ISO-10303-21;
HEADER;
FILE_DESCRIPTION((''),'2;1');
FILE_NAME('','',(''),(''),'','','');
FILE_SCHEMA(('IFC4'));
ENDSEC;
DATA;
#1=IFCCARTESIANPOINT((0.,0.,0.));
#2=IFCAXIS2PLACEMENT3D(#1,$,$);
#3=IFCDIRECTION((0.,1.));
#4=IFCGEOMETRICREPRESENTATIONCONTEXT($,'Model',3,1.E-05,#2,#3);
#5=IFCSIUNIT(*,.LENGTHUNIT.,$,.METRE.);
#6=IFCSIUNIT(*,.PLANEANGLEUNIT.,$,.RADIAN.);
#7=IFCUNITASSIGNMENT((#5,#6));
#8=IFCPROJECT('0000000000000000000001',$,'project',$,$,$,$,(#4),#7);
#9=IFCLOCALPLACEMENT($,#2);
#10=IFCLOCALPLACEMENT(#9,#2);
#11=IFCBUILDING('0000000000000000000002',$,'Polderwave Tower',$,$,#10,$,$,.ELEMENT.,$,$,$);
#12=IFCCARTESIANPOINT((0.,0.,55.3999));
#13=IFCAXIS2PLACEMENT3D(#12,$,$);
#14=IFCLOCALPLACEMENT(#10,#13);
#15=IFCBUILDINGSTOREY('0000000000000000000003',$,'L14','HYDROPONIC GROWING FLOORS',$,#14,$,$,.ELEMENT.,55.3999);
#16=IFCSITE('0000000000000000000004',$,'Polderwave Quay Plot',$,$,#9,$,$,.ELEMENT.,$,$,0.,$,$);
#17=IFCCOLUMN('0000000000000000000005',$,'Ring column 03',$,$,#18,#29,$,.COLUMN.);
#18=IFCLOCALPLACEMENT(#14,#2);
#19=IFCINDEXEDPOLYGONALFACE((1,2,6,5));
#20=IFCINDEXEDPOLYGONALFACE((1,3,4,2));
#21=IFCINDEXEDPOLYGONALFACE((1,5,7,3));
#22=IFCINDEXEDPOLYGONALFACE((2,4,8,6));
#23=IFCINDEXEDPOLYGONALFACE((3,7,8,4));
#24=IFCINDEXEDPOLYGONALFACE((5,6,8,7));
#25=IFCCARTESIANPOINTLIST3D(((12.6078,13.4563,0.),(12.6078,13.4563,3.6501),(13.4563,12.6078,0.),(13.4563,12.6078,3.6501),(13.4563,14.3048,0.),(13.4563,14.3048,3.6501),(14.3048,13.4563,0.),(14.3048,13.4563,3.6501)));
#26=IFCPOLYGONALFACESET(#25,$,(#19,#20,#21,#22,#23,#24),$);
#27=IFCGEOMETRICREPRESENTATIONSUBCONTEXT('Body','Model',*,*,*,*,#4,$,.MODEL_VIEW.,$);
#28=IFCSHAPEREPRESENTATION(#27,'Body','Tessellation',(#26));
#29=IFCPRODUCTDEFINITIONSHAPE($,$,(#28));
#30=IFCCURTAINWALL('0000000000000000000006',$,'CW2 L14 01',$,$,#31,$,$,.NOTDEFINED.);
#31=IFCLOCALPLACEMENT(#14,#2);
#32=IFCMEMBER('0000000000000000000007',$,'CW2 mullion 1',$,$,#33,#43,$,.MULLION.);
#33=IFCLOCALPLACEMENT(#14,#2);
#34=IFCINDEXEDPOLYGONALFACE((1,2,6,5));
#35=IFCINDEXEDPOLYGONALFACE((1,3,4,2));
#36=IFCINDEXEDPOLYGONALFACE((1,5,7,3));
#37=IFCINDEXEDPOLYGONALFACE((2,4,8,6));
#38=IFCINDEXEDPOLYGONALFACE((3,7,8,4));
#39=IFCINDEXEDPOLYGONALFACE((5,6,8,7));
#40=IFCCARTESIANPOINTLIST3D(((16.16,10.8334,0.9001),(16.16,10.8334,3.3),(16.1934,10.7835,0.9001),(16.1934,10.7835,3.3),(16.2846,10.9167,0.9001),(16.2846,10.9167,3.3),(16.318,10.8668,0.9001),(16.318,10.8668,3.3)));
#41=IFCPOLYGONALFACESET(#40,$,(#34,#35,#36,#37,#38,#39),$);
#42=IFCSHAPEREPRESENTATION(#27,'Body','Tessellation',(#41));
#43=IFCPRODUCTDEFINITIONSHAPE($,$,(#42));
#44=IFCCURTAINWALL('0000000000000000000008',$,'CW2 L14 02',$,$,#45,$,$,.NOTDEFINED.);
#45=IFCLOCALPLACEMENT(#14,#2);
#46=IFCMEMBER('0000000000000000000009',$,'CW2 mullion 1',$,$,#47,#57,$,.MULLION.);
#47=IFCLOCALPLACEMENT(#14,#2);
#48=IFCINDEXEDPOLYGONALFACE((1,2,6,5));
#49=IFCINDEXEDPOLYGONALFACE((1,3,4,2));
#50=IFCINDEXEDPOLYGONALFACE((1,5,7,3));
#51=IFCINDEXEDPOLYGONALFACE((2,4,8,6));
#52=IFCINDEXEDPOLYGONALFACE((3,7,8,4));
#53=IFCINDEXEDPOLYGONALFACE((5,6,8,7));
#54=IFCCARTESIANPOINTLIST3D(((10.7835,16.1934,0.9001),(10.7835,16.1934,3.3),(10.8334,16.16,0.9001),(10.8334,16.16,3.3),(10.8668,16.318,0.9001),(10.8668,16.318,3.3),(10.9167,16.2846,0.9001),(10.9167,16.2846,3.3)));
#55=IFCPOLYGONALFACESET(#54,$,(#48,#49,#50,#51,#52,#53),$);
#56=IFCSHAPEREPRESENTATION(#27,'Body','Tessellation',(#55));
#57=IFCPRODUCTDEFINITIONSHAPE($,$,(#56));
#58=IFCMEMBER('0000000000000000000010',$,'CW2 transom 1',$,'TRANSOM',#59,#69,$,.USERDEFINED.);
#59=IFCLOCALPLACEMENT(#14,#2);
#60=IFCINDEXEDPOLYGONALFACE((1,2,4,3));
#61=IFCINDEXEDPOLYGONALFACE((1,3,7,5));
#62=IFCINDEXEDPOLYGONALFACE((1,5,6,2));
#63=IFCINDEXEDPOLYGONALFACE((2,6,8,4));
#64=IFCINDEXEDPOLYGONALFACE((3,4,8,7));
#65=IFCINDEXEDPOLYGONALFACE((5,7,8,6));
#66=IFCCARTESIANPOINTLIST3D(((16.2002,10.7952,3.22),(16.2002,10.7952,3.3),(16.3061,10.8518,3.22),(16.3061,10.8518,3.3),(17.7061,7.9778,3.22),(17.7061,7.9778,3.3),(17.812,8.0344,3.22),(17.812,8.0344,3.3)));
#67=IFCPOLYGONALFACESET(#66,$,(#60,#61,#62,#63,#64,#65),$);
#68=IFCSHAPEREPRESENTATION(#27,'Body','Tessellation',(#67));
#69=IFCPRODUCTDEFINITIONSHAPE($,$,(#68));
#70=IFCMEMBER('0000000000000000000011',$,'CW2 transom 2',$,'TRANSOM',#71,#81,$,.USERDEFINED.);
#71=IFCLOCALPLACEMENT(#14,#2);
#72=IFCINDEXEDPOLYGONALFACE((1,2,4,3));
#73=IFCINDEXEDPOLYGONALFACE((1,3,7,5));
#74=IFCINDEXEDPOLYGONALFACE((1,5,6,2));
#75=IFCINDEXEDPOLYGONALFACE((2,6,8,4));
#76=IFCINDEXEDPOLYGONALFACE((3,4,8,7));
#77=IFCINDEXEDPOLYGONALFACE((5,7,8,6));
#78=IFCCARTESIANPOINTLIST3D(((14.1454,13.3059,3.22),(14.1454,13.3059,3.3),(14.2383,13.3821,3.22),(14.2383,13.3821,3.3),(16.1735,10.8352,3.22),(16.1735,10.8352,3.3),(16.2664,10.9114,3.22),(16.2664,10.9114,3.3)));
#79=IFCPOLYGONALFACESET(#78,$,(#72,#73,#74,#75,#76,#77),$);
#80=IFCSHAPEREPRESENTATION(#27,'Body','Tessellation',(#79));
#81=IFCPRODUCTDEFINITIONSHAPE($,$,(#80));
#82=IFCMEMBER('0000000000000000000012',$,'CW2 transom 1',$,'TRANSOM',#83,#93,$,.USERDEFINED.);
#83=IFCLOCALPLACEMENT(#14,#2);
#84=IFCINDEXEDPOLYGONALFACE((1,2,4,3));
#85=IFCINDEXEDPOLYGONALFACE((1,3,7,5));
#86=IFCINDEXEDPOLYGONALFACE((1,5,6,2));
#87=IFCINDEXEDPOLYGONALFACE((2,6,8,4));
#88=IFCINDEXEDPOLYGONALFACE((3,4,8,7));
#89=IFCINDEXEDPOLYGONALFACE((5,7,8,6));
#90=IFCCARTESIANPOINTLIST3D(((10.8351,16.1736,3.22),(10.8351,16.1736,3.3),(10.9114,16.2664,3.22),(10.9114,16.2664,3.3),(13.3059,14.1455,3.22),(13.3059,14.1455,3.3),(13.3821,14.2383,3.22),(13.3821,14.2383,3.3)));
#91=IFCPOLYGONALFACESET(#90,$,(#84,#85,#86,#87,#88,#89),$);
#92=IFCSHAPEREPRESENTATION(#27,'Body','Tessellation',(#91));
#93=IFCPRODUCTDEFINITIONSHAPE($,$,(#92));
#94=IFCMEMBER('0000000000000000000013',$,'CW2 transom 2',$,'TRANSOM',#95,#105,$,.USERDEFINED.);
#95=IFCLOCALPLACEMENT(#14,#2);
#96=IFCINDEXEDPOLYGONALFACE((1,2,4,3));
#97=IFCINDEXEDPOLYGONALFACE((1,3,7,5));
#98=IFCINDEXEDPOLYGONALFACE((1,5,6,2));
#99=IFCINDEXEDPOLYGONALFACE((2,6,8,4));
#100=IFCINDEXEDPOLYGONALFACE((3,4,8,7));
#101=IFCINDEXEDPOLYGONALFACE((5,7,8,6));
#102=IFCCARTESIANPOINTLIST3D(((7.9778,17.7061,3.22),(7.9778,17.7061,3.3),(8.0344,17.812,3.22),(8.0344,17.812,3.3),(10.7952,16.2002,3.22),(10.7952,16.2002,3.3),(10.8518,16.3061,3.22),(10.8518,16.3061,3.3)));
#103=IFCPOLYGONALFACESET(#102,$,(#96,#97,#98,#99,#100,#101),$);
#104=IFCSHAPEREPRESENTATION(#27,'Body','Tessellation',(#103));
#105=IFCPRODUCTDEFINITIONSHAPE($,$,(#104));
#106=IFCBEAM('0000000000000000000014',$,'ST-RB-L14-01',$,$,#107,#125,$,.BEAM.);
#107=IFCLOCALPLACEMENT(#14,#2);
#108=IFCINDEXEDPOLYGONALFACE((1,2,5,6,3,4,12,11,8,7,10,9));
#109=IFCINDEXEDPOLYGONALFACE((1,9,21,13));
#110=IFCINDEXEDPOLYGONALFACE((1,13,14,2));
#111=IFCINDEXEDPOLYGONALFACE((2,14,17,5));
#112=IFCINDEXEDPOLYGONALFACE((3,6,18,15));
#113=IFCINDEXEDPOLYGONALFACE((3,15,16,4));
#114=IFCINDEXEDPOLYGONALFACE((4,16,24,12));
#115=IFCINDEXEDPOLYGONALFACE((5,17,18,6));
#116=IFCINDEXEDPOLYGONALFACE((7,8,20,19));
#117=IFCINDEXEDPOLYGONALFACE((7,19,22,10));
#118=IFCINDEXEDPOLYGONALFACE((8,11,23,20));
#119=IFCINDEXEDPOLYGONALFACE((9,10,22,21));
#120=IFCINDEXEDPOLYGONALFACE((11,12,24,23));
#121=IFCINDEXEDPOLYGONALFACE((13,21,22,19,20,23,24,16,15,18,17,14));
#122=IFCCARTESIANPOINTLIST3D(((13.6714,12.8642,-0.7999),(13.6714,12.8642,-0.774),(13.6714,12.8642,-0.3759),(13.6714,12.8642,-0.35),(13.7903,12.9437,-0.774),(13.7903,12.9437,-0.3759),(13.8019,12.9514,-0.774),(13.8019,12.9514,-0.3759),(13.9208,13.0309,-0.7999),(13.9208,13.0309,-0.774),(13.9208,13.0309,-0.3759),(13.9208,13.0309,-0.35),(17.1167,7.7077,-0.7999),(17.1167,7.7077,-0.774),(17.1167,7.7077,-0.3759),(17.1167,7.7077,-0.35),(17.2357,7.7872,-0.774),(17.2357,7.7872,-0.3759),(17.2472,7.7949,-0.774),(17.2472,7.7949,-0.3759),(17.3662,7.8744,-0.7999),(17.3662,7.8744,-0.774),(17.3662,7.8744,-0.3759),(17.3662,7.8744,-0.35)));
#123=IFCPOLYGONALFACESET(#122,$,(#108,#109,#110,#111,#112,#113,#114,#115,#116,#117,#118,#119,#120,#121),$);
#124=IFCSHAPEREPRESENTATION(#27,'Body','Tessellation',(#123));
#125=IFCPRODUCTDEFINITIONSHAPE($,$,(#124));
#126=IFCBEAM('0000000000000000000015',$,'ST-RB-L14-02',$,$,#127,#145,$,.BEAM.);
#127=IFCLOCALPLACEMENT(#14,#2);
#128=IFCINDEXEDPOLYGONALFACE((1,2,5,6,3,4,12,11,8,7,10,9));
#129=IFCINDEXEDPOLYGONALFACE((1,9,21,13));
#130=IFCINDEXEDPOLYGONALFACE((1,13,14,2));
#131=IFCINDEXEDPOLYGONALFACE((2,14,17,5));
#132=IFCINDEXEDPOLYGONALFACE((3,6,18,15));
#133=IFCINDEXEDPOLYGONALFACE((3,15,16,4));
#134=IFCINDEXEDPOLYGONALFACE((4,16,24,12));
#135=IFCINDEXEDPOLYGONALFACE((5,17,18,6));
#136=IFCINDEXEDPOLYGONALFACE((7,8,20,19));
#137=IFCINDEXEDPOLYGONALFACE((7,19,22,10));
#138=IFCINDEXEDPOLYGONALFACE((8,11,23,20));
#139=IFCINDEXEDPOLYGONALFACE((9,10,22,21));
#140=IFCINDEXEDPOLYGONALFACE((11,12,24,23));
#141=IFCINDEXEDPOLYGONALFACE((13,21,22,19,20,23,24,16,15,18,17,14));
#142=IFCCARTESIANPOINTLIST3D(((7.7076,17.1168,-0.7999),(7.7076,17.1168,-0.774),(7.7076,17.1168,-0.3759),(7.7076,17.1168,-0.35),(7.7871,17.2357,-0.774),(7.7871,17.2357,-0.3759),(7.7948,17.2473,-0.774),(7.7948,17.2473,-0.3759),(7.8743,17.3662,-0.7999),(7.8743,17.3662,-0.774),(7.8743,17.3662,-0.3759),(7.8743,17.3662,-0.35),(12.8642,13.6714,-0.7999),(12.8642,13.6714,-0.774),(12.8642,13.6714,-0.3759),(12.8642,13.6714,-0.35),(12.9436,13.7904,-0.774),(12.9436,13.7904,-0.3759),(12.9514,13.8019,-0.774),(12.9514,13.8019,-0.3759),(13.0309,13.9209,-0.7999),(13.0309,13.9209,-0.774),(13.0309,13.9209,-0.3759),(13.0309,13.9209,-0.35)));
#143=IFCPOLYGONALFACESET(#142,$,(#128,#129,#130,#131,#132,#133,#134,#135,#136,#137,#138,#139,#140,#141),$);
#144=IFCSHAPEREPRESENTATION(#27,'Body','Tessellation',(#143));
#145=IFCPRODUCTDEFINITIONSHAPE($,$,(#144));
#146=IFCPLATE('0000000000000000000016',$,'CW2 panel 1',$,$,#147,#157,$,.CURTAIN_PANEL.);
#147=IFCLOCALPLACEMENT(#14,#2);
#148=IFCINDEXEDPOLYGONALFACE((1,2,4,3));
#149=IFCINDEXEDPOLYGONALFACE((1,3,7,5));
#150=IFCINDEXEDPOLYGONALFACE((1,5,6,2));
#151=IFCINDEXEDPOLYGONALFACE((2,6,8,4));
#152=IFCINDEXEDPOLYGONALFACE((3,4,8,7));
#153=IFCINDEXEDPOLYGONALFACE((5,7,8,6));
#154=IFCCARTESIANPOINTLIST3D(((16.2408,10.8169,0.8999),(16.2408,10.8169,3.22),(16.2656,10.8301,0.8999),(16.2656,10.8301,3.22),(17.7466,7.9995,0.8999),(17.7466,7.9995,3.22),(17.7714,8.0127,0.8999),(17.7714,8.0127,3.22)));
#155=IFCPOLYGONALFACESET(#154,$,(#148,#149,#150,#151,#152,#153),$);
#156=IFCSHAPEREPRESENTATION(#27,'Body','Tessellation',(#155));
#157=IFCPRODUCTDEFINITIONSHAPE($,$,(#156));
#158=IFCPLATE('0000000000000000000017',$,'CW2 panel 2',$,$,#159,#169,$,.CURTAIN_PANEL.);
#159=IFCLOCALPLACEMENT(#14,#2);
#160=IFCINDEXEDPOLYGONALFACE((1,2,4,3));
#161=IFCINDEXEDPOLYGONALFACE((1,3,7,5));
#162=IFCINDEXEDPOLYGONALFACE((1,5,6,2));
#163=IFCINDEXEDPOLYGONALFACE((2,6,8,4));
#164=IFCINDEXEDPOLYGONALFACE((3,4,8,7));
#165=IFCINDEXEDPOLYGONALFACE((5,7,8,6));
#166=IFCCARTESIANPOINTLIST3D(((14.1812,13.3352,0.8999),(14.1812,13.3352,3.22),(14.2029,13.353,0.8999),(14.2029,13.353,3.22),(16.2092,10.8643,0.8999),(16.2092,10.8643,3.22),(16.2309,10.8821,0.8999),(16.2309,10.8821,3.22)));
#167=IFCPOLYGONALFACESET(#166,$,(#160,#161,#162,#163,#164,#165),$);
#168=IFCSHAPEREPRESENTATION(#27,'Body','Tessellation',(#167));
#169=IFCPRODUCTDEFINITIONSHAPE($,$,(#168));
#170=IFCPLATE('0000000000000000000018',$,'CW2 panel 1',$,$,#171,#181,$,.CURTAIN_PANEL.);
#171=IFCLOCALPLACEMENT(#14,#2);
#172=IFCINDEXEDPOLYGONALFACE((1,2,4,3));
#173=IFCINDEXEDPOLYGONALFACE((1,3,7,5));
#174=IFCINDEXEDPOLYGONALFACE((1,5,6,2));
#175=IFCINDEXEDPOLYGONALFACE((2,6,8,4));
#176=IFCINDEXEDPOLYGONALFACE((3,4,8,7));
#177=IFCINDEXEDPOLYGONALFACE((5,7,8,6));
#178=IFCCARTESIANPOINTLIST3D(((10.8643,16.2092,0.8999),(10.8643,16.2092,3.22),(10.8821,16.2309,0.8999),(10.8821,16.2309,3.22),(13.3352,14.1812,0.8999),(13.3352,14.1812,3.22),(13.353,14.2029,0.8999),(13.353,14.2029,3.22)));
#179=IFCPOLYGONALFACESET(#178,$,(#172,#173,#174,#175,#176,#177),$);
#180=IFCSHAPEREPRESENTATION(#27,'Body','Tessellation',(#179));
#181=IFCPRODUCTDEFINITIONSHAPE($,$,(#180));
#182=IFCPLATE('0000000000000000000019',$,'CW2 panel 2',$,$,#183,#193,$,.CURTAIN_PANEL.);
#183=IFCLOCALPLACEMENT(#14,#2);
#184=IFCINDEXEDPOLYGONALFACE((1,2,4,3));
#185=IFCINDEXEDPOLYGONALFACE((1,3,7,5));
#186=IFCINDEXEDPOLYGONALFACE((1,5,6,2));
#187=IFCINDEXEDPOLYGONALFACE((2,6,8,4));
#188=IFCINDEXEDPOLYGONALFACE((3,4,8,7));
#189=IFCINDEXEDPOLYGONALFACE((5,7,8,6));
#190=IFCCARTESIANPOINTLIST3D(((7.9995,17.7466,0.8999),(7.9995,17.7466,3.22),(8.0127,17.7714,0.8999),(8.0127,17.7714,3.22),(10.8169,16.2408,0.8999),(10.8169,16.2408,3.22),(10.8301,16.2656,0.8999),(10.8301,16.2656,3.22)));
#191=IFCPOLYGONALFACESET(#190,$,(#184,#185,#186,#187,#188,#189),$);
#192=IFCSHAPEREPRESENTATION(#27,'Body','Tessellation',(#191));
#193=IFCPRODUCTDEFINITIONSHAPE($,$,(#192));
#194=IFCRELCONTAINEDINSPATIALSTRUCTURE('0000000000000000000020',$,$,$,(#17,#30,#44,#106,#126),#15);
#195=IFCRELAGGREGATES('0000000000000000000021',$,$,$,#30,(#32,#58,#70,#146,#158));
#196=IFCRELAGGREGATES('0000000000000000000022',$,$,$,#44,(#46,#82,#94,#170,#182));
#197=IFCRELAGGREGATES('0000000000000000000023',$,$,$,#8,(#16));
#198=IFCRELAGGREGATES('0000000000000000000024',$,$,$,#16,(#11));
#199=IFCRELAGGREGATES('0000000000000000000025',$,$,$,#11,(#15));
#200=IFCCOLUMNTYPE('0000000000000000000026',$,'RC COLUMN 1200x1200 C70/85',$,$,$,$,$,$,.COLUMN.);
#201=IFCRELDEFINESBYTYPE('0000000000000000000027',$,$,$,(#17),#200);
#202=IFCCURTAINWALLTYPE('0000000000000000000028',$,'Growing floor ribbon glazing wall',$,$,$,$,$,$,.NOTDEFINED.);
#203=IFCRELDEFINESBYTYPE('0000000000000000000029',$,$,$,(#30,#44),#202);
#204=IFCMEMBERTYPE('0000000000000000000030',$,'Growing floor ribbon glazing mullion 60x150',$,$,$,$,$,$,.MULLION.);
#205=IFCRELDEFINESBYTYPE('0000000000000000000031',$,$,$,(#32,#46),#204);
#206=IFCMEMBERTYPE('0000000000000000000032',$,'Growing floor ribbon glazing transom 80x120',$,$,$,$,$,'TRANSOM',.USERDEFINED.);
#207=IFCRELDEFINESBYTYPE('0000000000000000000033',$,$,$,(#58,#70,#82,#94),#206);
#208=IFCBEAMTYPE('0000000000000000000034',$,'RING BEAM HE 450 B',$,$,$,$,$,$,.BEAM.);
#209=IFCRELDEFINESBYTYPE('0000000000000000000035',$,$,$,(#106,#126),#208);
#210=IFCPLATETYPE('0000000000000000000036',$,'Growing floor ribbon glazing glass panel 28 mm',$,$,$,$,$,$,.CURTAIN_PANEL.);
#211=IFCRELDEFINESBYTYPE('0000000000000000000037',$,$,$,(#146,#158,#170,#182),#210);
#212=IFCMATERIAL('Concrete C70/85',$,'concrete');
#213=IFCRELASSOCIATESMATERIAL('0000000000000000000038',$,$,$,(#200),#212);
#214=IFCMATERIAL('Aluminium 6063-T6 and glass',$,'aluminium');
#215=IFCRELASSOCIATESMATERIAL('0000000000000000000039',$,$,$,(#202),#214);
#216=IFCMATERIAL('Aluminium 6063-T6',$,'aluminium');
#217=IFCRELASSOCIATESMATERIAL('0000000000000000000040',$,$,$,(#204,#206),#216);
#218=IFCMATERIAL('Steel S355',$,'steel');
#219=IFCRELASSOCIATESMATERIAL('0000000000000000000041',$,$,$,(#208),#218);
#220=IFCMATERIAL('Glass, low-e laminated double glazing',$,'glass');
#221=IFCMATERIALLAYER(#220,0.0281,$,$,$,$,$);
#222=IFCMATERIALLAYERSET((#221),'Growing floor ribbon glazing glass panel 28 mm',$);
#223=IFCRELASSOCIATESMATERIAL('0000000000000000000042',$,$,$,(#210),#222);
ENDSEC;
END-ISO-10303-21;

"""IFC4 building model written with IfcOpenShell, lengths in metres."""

from ifc_helpers import new_model, si_unit, direction, frame, origin, origin_2d, place, context, subcontext, project, spatial, rectangle, i_section, extrude, material, layer, layer_set, material_profile, profile_set, type_object, element, aggregate, save


model = new_model("IFC4")

# Units and contexts
model_context = context("Model", 3, precision=1e-05, world=origin(), true_north=direction((0.0, 1.0)))
body_context = subcontext(model_context, "Body", "Model", "MODEL_VIEW")
ifc_project = project(units=[si_unit("LENGTHUNIT", "METRE"), si_unit("PLANEANGLEUNIT", "RADIAN")], contexts=[model_context])

# Site, building, storey
site_placement = place(None, origin())
site = spatial("IfcSite", under=ifc_project, at=site_placement, Name="Polderwave Quay Plot", CompositionType="ELEMENT", RefElevation=0.0)
building_placement = place(site_placement, origin())
building = spatial("IfcBuilding", under=site, at=building_placement, Name="Polderwave Tower", CompositionType="ELEMENT")
storey_placement = place(building_placement, frame((0.0, 0.0, 55.3999)))
storey = spatial("IfcBuildingStorey", under=building, at=storey_placement, Name="L14", Description="HYDROPONIC GROWING FLOORS", CompositionType="ELEMENT", Elevation=55.3999)

# Column
ifc_material_1 = material(Name="Concrete C70/85", Category="concrete")
ifc_material_profile_1 = material_profile(ifc_material_1, rectangle(XDim=1.2, YDim=1.2, at=origin_2d()), Name="RC 1200x1200")
ifc_profile_set_1 = profile_set([ifc_material_profile_1], Name="Concrete C70/85")
column_type = type_object("IfcColumnType", Name="RC COLUMN 1200x1200 C70/85", PredefinedType="COLUMN", material=ifc_profile_set_1)
column_placement = place(storey_placement, frame((13.4563, 13.4563, 0.0), z_axis=(0.0, 0.0, 1.0), x_axis=(0.707107, 0.707107, 0.0)))
element("IfcColumn", 1, at=column_placement, inside=storey, type_object=column_type, Name="Ring column 03", PredefinedType="COLUMN", context=body_context, shape_type="SweptSolid", body=[
    extrude(rectangle(XDim=1.2, YDim=1.2, at=origin_2d()), origin(), (0.0, 0.0, 1.0), 3.6501),
])

# Curtain walls, members
ifc_material_2 = material(Name="Aluminium 6063-T6 and glass", Category="aluminium")
curtain_wall_type = type_object("IfcCurtainWallType", Name="Growing floor ribbon glazing wall", PredefinedType="NOTDEFINED", material=ifc_material_2)
curtain_wall_1_placement = place(storey_placement, origin())
curtain_wall_1 = element("IfcCurtainWall", 2, at=curtain_wall_1_placement, inside=storey, type_object=curtain_wall_type, Name="CW2 L14 01", PredefinedType="NOTDEFINED")
ifc_material_3 = material(Name="Aluminium 6063-T6", Category="aluminium")
ifc_material_profile_2 = material_profile(ifc_material_3, rectangle(XDim=0.1499, YDim=0.0601, at=origin_2d()), Name="AL 60x150")
ifc_profile_set_2 = profile_set([ifc_material_profile_2], Name="Aluminium 6063-T6")
member_type_1 = type_object("IfcMemberType", Name="Growing floor ribbon glazing mullion 60x150", PredefinedType="MULLION", material=ifc_profile_set_2)
member_1_placement = place(storey_placement, frame((16.239, 10.8501, 0.9001), z_axis=(0.0, 0.0, 1.0), x_axis=(-0.831466, -0.555576, 0.0)))
member_1 = element("IfcMember", 3, at=member_1_placement, type_object=member_type_1, Name="CW2 mullion 1", PredefinedType="MULLION", context=body_context, shape_type="SweptSolid", body=[
    extrude(rectangle(XDim=0.1499, YDim=0.0601, at=origin_2d()), origin(), (0.0, 0.0, 1.0), 2.3999),
])
curtain_wall_2_placement = place(storey_placement, origin())
curtain_wall_2 = element("IfcCurtainWall", 4, at=curtain_wall_2_placement, inside=storey, type_object=curtain_wall_type, Name="CW2 L14 02", PredefinedType="NOTDEFINED")
member_2_placement = place(storey_placement, frame((10.8501, 16.239, 0.9001), z_axis=(0.0, 0.0, 1.0), x_axis=(-0.555576, -0.831466, 0.0)))
member_2 = element("IfcMember", 5, at=member_2_placement, type_object=member_type_1, Name="CW2 mullion 1", PredefinedType="MULLION", context=body_context, shape_type="SweptSolid", body=[
    extrude(rectangle(XDim=0.1499, YDim=0.0601, at=origin_2d()), origin(), (0.0, 0.0, 1.0), 2.3999),
])

# Members
ifc_material_profile_3 = material_profile(ifc_material_3, rectangle(XDim=0.1201, YDim=0.0801, at=origin_2d()), Name="AL 80x120")
ifc_profile_set_3 = profile_set([ifc_material_profile_3], Name="Aluminium 6063-T6")
member_type_2 = type_object("IfcMemberType", Name="Growing floor ribbon glazing transom 80x120", ElementType="TRANSOM", PredefinedType="USERDEFINED", material=ifc_profile_set_3)
member_3_placement = place(storey_placement, frame((17.759, 8.0061, 3.26), z_axis=(-0.471381, 0.881929, 0.0), x_axis=(-0.881929, -0.471381, 0.0)))
member_3 = element("IfcMember", 6, at=member_3_placement, type_object=member_type_2, Name="CW2 transom 1", ObjectType="TRANSOM", PredefinedType="USERDEFINED", context=body_context, shape_type="SweptSolid", body=[
    extrude(rectangle(XDim=0.1201, YDim=0.0801, at=origin_2d()), origin(), (0.0, 0.0, 1.0), 3.1946),
])
member_4_placement = place(storey_placement, frame((16.22, 10.8733, 3.26), z_axis=(-0.634472, 0.772946, 0.0), x_axis=(-0.772946, -0.634472, 0.0)))
member_4 = element("IfcMember", 7, at=member_4_placement, type_object=member_type_2, Name="CW2 transom 2", ObjectType="TRANSOM", PredefinedType="USERDEFINED", context=body_context, shape_type="SweptSolid", body=[
    extrude(rectangle(XDim=0.1201, YDim=0.0801, at=origin_2d()), origin(), (0.0, 0.0, 1.0), 3.1965),
])
member_5_placement = place(storey_placement, frame((13.344, 14.1919, 3.26), z_axis=(-0.772946, 0.634472, 0.0), x_axis=(-0.634472, -0.772946, 0.0)))
member_5 = element("IfcMember", 8, at=member_5_placement, type_object=member_type_2, Name="CW2 transom 1", ObjectType="TRANSOM", PredefinedType="USERDEFINED", context=body_context, shape_type="SweptSolid", body=[
    extrude(rectangle(XDim=0.1201, YDim=0.0801, at=origin_2d()), origin(), (0.0, 0.0, 1.0), 3.1965),
])
member_6_placement = place(storey_placement, frame((10.8235, 16.2532, 3.26), z_axis=(-0.881929, 0.471381, 0.0), x_axis=(-0.471381, -0.881929, 0.0)))
member_6 = element("IfcMember", 9, at=member_6_placement, type_object=member_type_2, Name="CW2 transom 2", ObjectType="TRANSOM", PredefinedType="USERDEFINED", context=body_context, shape_type="SweptSolid", body=[
    extrude(rectangle(XDim=0.1201, YDim=0.0801, at=origin_2d()), origin(), (0.0, 0.0, 1.0), 3.1946),
])

# Beams
ifc_material_4 = material(Name="Steel S355", Category="steel")
ifc_material_profile_4 = material_profile(ifc_material_4, i_section(OverallWidth=0.3, OverallDepth=0.45, WebThickness=0.0139, FlangeThickness=0.0259, at=origin_2d()), Name="HE 450 B")
ifc_profile_set_4 = profile_set([ifc_material_profile_4], Name="Steel S355")
beam_type = type_object("IfcBeamType", Name="RING BEAM HE 450 B", PredefinedType="BEAM", material=ifc_profile_set_4)
for number, where, z_axis, x_axis, name in (
    (10, (17.2415, 7.791, -0.575), (-0.555554, 0.831481, 0.0), (-0.831481, -0.555554, 0.0), "ST-RB-L14-01"),
    (11, (12.9475, 13.7961, -0.575), (-0.831481, 0.555554, 0.0), (-0.555554, -0.831481, 0.0), "ST-RB-L14-02"),
):
    element("IfcBeam", number, at=place(storey_placement, frame(where, z_axis=z_axis, x_axis=x_axis)), inside=storey, type_object=beam_type, Name=name, PredefinedType="BEAM", context=body_context, shape_type="SweptSolid", body=[
        extrude(i_section(OverallWidth=0.3, OverallDepth=0.45, WebThickness=0.0139, FlangeThickness=0.0259, at=origin_2d()), origin(), (0.0, 0.0, 1.0), 6.2017),
    ])

# Plates
ifc_material_5 = material(Name="Glass, low-e laminated double glazing", Category="glass")
ifc_layer_1 = layer(ifc_material_5, 0.0281)
ifc_layer_set_1 = layer_set([ifc_layer_1], Name="Growing floor ribbon glazing glass panel 28 mm")
plate_type = type_object("IfcPlateType", Name="Growing floor ribbon glazing glass panel 28 mm", PredefinedType="CURTAIN_PANEL", material=ifc_layer_set_1)
plate_1_placement = place(storey_placement, frame((17.0061, 9.4148, 0.8999), z_axis=(0.0, 0.0, 1.0), x_axis=(-0.471361, 0.88194, 0.0)))
plate_1 = element("IfcPlate", 12, at=plate_1_placement, type_object=plate_type, Name="CW2 panel 1", PredefinedType="CURTAIN_PANEL", context=body_context, shape_type="SweptSolid", body=[
    extrude(rectangle(XDim=3.1946, YDim=0.0281, at=origin_2d()), origin(), (0.0, 0.0, 1.0), 2.3201),
])
plate_2_placement = place(storey_placement, frame((15.2061, 12.1086, 0.8999), z_axis=(0.0, 0.0, 1.0), x_axis=(-0.634435, 0.772976, 0.0)))
plate_2 = element("IfcPlate", 13, at=plate_2_placement, type_object=plate_type, Name="CW2 panel 2", PredefinedType="CURTAIN_PANEL", context=body_context, shape_type="SweptSolid", body=[
    extrude(rectangle(XDim=3.1965, YDim=0.0281, at=origin_2d()), origin(), (0.0, 0.0, 1.0), 2.3201),
])
aggregate(curtain_wall_1, [member_1, member_3, member_4, plate_1, plate_2])
plate_3_placement = place(storey_placement, frame((12.1086, 15.2061, 0.8999), z_axis=(0.0, 0.0, 1.0), x_axis=(-0.772976, 0.634435, 0.0)))
plate_3 = element("IfcPlate", 14, at=plate_3_placement, type_object=plate_type, Name="CW2 panel 1", PredefinedType="CURTAIN_PANEL", context=body_context, shape_type="SweptSolid", body=[
    extrude(rectangle(XDim=3.1965, YDim=0.0281, at=origin_2d()), origin(), (0.0, 0.0, 1.0), 2.3201),
])
plate_4_placement = place(storey_placement, frame((9.4148, 17.0061, 0.8999), z_axis=(0.0, 0.0, 1.0), x_axis=(-0.88194, 0.471361, 0.0)))
plate_4 = element("IfcPlate", 15, at=plate_4_placement, type_object=plate_type, Name="CW2 panel 2", PredefinedType="CURTAIN_PANEL", context=body_context, shape_type="SweptSolid", body=[
    extrude(rectangle(XDim=3.1946, YDim=0.0281, at=origin_2d()), origin(), (0.0, 0.0, 1.0), 2.3201),
])
aggregate(curtain_wall_2, [member_2, member_5, member_6, plate_3, plate_4])

save(model, "model.ifc")
